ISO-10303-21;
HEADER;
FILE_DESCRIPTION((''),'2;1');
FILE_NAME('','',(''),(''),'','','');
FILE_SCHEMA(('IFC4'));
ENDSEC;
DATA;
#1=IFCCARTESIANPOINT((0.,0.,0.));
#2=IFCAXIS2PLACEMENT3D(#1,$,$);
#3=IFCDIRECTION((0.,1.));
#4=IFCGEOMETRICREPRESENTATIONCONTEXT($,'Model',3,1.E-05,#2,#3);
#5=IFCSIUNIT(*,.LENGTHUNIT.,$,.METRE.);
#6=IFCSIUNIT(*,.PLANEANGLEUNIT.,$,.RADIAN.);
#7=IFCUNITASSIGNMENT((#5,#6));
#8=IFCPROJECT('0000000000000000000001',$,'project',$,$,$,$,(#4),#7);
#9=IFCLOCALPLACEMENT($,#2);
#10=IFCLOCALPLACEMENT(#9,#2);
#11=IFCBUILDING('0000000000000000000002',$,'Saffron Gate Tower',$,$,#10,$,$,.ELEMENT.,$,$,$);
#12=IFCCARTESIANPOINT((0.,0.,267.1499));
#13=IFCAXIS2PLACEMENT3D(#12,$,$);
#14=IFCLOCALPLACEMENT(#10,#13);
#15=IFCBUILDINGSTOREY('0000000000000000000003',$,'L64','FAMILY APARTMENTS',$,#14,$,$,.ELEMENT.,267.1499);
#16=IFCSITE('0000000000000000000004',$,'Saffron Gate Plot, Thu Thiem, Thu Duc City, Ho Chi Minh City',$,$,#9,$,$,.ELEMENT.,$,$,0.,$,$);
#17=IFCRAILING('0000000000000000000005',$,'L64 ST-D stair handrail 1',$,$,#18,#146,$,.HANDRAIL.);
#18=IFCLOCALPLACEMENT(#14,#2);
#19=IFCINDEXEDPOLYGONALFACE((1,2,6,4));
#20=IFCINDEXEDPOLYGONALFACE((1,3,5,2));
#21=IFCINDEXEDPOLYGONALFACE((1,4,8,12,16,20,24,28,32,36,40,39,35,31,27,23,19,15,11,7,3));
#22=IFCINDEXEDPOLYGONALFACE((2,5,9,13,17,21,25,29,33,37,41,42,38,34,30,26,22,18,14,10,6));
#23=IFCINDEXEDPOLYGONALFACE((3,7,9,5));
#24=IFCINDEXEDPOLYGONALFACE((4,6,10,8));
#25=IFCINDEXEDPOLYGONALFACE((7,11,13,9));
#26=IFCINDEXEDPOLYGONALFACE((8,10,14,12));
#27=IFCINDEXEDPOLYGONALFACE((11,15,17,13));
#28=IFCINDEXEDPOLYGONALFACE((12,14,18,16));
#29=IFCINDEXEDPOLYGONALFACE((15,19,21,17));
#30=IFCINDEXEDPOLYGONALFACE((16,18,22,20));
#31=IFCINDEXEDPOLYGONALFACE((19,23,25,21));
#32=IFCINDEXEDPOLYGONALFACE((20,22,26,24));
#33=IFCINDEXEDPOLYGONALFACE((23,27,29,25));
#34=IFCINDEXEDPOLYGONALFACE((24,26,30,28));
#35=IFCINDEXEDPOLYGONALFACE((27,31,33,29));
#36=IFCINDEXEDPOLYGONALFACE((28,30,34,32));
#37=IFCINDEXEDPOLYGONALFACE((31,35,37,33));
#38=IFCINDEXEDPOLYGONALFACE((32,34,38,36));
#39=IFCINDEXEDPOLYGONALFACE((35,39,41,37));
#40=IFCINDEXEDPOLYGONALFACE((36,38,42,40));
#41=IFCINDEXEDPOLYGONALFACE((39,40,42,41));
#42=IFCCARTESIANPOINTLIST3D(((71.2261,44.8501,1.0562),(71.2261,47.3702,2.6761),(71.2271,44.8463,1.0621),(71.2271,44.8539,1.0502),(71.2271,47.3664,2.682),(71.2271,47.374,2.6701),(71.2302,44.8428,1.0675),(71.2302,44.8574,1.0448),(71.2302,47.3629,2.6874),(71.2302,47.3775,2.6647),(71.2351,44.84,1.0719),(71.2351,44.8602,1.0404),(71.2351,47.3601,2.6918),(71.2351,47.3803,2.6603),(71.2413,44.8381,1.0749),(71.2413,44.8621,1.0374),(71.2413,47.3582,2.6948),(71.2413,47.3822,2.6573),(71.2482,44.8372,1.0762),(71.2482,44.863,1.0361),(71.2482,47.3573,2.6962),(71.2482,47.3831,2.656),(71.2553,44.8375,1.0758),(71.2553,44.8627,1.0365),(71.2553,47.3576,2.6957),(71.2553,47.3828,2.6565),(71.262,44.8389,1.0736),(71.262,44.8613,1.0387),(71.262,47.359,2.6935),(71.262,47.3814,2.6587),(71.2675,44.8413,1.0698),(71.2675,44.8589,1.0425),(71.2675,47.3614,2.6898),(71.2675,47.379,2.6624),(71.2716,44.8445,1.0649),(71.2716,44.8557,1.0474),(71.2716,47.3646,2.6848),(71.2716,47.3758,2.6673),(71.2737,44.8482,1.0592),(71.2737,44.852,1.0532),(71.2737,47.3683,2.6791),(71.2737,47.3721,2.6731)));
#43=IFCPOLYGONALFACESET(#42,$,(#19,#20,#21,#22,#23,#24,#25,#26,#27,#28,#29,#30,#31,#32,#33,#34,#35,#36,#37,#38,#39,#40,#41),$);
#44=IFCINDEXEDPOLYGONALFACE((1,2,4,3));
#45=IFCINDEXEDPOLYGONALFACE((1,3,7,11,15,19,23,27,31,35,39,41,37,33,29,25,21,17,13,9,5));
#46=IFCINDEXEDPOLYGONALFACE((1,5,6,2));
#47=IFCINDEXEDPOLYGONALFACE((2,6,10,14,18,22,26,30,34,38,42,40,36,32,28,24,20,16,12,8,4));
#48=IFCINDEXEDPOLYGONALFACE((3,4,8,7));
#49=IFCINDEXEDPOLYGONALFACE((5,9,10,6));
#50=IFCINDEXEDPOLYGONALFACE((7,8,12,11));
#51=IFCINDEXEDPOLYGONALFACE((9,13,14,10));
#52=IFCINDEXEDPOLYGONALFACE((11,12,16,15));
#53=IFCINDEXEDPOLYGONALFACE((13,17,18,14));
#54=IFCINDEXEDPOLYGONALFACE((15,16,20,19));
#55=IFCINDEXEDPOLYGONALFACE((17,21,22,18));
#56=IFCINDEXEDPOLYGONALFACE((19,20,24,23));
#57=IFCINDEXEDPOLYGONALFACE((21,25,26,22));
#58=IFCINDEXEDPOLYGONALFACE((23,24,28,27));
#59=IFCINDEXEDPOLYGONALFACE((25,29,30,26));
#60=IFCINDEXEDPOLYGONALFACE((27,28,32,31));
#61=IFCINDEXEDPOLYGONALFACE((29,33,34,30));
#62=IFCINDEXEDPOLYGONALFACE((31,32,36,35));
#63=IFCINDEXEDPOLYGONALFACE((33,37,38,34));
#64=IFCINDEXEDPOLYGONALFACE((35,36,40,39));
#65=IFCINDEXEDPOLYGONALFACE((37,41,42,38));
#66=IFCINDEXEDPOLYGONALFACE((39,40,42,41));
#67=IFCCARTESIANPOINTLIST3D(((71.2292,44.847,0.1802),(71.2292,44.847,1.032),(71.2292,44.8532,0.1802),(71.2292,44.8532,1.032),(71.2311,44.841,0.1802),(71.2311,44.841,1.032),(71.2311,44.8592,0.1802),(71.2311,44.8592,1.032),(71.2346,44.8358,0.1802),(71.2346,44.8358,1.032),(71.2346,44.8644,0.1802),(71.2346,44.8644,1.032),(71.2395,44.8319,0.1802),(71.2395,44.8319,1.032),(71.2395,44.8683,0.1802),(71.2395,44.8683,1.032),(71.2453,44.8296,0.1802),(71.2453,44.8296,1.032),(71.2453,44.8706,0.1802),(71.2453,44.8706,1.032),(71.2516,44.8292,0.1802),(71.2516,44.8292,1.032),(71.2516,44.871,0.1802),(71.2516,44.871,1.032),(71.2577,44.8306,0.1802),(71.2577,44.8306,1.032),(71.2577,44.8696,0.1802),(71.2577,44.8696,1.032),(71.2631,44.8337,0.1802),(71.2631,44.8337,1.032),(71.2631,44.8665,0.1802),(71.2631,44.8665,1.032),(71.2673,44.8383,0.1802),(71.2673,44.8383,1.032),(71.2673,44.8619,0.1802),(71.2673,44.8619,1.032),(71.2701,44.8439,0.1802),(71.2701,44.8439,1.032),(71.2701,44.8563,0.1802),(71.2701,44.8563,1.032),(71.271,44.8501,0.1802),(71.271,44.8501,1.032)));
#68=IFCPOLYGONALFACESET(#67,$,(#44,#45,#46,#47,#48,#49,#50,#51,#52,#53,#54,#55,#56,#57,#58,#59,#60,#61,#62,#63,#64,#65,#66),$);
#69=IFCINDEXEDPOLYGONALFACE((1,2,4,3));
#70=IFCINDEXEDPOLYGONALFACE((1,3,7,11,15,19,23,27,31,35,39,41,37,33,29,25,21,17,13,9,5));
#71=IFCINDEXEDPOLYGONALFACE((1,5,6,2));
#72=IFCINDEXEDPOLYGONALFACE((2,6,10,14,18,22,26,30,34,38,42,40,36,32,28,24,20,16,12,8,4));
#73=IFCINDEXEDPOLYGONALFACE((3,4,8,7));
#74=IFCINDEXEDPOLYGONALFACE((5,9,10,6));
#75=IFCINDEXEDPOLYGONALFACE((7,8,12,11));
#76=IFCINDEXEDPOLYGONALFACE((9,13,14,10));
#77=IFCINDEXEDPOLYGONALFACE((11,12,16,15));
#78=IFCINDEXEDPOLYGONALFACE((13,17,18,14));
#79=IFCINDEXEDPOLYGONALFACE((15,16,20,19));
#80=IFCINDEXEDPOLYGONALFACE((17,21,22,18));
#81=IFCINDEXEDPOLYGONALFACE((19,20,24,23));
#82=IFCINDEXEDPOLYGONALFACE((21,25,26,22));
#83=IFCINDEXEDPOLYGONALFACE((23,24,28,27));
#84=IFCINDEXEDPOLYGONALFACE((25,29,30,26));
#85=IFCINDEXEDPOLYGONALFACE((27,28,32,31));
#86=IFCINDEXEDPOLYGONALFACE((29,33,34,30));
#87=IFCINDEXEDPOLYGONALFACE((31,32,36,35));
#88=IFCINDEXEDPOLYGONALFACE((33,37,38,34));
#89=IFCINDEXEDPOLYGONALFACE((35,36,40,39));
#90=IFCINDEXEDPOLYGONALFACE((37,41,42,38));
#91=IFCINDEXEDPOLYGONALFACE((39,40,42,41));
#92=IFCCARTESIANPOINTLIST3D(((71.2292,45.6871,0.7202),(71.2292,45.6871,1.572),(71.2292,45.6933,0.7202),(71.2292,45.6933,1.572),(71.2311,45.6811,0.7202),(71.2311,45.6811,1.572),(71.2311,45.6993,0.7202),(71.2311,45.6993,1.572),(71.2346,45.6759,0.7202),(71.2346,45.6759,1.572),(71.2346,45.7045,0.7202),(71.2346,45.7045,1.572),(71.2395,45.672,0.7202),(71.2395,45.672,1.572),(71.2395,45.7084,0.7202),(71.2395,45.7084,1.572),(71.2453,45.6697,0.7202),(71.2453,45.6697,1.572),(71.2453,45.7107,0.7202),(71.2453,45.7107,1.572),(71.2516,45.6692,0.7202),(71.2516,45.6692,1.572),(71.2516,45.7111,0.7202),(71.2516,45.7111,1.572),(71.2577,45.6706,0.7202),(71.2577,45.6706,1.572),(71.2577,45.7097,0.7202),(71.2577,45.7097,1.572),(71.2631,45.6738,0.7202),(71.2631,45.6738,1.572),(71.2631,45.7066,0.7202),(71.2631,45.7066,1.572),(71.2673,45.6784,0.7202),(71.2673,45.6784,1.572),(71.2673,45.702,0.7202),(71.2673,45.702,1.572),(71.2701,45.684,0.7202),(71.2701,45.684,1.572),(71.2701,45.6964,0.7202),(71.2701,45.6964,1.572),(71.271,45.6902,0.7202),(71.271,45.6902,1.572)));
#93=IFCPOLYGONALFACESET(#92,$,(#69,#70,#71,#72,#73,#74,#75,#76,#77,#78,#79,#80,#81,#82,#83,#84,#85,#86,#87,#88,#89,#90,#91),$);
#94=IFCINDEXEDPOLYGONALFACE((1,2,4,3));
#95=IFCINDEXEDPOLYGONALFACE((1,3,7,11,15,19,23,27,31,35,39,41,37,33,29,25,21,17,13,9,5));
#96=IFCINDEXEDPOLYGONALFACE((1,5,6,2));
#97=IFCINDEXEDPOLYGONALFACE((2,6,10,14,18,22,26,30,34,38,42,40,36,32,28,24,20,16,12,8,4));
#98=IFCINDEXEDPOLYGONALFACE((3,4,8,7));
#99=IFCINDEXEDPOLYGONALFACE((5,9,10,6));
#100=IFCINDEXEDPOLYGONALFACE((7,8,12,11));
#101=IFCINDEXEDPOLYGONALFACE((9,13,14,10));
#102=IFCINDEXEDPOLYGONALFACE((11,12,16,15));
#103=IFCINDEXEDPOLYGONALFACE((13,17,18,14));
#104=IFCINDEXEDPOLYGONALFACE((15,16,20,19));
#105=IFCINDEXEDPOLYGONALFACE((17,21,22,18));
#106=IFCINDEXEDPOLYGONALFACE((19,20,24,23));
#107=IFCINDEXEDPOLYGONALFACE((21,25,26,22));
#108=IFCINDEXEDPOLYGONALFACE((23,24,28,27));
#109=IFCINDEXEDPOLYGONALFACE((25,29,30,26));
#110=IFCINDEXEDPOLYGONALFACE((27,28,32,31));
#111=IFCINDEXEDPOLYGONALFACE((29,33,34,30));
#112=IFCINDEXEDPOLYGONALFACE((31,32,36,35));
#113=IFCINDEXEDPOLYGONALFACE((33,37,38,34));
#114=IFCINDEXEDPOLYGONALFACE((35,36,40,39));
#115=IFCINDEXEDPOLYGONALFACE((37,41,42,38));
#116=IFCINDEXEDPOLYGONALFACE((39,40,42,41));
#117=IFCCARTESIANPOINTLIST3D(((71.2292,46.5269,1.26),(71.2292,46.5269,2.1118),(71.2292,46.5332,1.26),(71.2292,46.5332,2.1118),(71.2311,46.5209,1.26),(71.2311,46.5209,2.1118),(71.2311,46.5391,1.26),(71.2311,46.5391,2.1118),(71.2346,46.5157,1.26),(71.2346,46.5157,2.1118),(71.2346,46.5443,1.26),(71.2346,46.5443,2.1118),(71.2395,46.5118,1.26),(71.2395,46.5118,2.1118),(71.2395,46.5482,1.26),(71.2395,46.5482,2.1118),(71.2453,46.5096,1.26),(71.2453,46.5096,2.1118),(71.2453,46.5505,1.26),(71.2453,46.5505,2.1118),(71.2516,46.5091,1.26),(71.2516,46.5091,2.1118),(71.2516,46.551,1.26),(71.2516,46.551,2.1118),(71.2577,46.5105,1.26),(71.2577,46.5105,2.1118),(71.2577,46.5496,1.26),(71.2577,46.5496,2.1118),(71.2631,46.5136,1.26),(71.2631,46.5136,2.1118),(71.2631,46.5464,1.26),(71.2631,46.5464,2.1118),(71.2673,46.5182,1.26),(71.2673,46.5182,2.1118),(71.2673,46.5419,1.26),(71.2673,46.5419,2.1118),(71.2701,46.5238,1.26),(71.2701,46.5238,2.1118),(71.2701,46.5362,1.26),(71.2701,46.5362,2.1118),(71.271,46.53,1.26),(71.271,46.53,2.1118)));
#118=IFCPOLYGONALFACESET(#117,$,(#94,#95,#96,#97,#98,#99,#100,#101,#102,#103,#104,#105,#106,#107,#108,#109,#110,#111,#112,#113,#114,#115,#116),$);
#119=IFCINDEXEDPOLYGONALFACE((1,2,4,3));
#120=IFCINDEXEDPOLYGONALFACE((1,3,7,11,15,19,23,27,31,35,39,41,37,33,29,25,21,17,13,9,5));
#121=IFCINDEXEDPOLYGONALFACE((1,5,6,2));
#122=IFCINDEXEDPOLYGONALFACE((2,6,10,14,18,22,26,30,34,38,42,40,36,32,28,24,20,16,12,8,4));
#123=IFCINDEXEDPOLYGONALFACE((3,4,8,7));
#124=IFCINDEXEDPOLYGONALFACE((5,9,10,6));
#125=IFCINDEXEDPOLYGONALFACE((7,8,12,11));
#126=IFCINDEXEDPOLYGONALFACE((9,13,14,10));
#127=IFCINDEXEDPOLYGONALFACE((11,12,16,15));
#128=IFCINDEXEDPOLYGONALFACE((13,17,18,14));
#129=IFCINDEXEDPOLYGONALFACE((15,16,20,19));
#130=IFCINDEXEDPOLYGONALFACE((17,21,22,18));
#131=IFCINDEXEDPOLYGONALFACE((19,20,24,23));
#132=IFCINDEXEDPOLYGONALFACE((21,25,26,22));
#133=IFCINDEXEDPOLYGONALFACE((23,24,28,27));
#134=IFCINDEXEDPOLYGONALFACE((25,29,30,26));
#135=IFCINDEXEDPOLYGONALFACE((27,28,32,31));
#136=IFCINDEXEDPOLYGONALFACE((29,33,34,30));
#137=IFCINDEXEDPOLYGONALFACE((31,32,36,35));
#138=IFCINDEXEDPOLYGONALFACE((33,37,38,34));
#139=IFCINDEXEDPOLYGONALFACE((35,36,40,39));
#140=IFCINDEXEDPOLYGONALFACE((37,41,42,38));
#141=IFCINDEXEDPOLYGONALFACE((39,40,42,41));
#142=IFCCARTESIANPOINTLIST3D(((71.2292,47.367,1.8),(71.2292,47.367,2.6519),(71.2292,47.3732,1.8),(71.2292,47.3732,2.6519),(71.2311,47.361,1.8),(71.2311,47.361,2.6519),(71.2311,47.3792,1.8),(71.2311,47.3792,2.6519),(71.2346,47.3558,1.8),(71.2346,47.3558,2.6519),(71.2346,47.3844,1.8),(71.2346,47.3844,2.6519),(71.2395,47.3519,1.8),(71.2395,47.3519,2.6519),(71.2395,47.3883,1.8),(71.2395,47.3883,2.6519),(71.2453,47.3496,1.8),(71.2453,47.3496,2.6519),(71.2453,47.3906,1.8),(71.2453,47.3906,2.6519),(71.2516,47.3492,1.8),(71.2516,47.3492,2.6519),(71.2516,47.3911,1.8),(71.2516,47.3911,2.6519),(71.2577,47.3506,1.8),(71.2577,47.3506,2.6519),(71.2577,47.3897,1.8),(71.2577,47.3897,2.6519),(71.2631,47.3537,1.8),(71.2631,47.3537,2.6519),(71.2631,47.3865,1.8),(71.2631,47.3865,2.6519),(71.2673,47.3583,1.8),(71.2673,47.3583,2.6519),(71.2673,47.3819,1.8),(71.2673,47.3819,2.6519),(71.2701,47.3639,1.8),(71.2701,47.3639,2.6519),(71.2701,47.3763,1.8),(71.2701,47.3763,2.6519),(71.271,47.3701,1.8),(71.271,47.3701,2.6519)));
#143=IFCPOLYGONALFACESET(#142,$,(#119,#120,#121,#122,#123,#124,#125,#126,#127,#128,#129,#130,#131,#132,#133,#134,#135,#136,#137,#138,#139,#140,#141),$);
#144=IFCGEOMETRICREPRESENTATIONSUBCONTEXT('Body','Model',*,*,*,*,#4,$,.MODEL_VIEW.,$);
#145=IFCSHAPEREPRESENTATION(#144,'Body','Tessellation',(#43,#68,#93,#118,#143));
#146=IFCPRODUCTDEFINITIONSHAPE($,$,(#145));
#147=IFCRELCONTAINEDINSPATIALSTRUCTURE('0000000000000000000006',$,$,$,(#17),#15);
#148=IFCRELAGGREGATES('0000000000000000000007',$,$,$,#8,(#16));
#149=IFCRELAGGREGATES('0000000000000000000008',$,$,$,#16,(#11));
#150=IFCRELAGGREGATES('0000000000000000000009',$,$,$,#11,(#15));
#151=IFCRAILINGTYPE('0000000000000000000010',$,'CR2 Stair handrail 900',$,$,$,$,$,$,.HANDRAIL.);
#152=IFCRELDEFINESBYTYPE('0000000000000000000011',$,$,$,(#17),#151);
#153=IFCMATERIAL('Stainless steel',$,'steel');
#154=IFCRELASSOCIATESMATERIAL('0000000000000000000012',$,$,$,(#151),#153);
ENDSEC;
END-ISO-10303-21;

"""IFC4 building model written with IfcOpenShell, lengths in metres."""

from ifc_helpers import new_model, si_unit, direction, frame, origin, origin_2d, place, context, subcontext, project, spatial, circle, extrude, material, type_object, element, save


model = new_model("IFC4")

# Units and contexts
model_context = context("Model", 3, precision=1e-05, world=origin(), true_north=direction((0.0, 1.0)))
body_context = subcontext(model_context, "Body", "Model", "MODEL_VIEW")
ifc_project = project(units=[si_unit("LENGTHUNIT", "METRE"), si_unit("PLANEANGLEUNIT", "RADIAN")], contexts=[model_context])

# Site, building, storey
site_placement = place(None, origin())
site = spatial("IfcSite", under=ifc_project, at=site_placement, Name="Saffron Gate Plot, Thu Thiem, Thu Duc City, Ho Chi Minh City", CompositionType="ELEMENT", RefElevation=0.0)
building_placement = place(site_placement, origin())
building = spatial("IfcBuilding", under=site, at=building_placement, Name="Saffron Gate Tower", CompositionType="ELEMENT")
storey_placement = place(building_placement, frame((0.0, 0.0, 267.1499)))
storey = spatial("IfcBuildingStorey", under=building, at=storey_placement, Name="L64", Description="FAMILY APARTMENTS", CompositionType="ELEMENT", Elevation=267.1499)

# Railing
ifc_material_1 = material(Name="Stainless steel", Category="steel")
railing_type_1 = type_object("IfcRailingType", Name="CR2 Stair handrail 900", PredefinedType="HANDRAIL", material=ifc_material_1)
railing_1_placement = place(storey_placement, frame((71.25, 44.8501, 0.1802)))
element("IfcRailing", 1, at=railing_1_placement, inside=storey, type_object=railing_type_1, Name="L64 ST-D stair handrail 1", PredefinedType="HANDRAIL", context=body_context, shape_type="SweptSolid", body=[
    extrude(circle(Radius=0.0239, at=origin_2d()), frame((0.0, 0.0, 0.876), z_axis=(0.0, 0.8412, 0.540725), x_axis=(-1.0, 0.0, 0.0)), (0.0, 0.0, 1.0), 2.9958),
    extrude(circle(Radius=0.021, at=origin_2d()), origin(), (0.0, 0.0, 1.0), 0.8518),
    extrude(circle(Radius=0.021, at=origin_2d()), frame((0.0, 0.8401, 0.54)), (0.0, 0.0, 1.0), 0.8518),
    extrude(circle(Radius=0.021, at=origin_2d()), frame((0.0, 1.6799, 1.0798)), (0.0, 0.0, 1.0), 0.8518),
    extrude(circle(Radius=0.021, at=origin_2d()), frame((0.0, 2.52, 1.6199)), (0.0, 0.0, 1.0), 0.8518),
])

save(model, "model.ifc")
